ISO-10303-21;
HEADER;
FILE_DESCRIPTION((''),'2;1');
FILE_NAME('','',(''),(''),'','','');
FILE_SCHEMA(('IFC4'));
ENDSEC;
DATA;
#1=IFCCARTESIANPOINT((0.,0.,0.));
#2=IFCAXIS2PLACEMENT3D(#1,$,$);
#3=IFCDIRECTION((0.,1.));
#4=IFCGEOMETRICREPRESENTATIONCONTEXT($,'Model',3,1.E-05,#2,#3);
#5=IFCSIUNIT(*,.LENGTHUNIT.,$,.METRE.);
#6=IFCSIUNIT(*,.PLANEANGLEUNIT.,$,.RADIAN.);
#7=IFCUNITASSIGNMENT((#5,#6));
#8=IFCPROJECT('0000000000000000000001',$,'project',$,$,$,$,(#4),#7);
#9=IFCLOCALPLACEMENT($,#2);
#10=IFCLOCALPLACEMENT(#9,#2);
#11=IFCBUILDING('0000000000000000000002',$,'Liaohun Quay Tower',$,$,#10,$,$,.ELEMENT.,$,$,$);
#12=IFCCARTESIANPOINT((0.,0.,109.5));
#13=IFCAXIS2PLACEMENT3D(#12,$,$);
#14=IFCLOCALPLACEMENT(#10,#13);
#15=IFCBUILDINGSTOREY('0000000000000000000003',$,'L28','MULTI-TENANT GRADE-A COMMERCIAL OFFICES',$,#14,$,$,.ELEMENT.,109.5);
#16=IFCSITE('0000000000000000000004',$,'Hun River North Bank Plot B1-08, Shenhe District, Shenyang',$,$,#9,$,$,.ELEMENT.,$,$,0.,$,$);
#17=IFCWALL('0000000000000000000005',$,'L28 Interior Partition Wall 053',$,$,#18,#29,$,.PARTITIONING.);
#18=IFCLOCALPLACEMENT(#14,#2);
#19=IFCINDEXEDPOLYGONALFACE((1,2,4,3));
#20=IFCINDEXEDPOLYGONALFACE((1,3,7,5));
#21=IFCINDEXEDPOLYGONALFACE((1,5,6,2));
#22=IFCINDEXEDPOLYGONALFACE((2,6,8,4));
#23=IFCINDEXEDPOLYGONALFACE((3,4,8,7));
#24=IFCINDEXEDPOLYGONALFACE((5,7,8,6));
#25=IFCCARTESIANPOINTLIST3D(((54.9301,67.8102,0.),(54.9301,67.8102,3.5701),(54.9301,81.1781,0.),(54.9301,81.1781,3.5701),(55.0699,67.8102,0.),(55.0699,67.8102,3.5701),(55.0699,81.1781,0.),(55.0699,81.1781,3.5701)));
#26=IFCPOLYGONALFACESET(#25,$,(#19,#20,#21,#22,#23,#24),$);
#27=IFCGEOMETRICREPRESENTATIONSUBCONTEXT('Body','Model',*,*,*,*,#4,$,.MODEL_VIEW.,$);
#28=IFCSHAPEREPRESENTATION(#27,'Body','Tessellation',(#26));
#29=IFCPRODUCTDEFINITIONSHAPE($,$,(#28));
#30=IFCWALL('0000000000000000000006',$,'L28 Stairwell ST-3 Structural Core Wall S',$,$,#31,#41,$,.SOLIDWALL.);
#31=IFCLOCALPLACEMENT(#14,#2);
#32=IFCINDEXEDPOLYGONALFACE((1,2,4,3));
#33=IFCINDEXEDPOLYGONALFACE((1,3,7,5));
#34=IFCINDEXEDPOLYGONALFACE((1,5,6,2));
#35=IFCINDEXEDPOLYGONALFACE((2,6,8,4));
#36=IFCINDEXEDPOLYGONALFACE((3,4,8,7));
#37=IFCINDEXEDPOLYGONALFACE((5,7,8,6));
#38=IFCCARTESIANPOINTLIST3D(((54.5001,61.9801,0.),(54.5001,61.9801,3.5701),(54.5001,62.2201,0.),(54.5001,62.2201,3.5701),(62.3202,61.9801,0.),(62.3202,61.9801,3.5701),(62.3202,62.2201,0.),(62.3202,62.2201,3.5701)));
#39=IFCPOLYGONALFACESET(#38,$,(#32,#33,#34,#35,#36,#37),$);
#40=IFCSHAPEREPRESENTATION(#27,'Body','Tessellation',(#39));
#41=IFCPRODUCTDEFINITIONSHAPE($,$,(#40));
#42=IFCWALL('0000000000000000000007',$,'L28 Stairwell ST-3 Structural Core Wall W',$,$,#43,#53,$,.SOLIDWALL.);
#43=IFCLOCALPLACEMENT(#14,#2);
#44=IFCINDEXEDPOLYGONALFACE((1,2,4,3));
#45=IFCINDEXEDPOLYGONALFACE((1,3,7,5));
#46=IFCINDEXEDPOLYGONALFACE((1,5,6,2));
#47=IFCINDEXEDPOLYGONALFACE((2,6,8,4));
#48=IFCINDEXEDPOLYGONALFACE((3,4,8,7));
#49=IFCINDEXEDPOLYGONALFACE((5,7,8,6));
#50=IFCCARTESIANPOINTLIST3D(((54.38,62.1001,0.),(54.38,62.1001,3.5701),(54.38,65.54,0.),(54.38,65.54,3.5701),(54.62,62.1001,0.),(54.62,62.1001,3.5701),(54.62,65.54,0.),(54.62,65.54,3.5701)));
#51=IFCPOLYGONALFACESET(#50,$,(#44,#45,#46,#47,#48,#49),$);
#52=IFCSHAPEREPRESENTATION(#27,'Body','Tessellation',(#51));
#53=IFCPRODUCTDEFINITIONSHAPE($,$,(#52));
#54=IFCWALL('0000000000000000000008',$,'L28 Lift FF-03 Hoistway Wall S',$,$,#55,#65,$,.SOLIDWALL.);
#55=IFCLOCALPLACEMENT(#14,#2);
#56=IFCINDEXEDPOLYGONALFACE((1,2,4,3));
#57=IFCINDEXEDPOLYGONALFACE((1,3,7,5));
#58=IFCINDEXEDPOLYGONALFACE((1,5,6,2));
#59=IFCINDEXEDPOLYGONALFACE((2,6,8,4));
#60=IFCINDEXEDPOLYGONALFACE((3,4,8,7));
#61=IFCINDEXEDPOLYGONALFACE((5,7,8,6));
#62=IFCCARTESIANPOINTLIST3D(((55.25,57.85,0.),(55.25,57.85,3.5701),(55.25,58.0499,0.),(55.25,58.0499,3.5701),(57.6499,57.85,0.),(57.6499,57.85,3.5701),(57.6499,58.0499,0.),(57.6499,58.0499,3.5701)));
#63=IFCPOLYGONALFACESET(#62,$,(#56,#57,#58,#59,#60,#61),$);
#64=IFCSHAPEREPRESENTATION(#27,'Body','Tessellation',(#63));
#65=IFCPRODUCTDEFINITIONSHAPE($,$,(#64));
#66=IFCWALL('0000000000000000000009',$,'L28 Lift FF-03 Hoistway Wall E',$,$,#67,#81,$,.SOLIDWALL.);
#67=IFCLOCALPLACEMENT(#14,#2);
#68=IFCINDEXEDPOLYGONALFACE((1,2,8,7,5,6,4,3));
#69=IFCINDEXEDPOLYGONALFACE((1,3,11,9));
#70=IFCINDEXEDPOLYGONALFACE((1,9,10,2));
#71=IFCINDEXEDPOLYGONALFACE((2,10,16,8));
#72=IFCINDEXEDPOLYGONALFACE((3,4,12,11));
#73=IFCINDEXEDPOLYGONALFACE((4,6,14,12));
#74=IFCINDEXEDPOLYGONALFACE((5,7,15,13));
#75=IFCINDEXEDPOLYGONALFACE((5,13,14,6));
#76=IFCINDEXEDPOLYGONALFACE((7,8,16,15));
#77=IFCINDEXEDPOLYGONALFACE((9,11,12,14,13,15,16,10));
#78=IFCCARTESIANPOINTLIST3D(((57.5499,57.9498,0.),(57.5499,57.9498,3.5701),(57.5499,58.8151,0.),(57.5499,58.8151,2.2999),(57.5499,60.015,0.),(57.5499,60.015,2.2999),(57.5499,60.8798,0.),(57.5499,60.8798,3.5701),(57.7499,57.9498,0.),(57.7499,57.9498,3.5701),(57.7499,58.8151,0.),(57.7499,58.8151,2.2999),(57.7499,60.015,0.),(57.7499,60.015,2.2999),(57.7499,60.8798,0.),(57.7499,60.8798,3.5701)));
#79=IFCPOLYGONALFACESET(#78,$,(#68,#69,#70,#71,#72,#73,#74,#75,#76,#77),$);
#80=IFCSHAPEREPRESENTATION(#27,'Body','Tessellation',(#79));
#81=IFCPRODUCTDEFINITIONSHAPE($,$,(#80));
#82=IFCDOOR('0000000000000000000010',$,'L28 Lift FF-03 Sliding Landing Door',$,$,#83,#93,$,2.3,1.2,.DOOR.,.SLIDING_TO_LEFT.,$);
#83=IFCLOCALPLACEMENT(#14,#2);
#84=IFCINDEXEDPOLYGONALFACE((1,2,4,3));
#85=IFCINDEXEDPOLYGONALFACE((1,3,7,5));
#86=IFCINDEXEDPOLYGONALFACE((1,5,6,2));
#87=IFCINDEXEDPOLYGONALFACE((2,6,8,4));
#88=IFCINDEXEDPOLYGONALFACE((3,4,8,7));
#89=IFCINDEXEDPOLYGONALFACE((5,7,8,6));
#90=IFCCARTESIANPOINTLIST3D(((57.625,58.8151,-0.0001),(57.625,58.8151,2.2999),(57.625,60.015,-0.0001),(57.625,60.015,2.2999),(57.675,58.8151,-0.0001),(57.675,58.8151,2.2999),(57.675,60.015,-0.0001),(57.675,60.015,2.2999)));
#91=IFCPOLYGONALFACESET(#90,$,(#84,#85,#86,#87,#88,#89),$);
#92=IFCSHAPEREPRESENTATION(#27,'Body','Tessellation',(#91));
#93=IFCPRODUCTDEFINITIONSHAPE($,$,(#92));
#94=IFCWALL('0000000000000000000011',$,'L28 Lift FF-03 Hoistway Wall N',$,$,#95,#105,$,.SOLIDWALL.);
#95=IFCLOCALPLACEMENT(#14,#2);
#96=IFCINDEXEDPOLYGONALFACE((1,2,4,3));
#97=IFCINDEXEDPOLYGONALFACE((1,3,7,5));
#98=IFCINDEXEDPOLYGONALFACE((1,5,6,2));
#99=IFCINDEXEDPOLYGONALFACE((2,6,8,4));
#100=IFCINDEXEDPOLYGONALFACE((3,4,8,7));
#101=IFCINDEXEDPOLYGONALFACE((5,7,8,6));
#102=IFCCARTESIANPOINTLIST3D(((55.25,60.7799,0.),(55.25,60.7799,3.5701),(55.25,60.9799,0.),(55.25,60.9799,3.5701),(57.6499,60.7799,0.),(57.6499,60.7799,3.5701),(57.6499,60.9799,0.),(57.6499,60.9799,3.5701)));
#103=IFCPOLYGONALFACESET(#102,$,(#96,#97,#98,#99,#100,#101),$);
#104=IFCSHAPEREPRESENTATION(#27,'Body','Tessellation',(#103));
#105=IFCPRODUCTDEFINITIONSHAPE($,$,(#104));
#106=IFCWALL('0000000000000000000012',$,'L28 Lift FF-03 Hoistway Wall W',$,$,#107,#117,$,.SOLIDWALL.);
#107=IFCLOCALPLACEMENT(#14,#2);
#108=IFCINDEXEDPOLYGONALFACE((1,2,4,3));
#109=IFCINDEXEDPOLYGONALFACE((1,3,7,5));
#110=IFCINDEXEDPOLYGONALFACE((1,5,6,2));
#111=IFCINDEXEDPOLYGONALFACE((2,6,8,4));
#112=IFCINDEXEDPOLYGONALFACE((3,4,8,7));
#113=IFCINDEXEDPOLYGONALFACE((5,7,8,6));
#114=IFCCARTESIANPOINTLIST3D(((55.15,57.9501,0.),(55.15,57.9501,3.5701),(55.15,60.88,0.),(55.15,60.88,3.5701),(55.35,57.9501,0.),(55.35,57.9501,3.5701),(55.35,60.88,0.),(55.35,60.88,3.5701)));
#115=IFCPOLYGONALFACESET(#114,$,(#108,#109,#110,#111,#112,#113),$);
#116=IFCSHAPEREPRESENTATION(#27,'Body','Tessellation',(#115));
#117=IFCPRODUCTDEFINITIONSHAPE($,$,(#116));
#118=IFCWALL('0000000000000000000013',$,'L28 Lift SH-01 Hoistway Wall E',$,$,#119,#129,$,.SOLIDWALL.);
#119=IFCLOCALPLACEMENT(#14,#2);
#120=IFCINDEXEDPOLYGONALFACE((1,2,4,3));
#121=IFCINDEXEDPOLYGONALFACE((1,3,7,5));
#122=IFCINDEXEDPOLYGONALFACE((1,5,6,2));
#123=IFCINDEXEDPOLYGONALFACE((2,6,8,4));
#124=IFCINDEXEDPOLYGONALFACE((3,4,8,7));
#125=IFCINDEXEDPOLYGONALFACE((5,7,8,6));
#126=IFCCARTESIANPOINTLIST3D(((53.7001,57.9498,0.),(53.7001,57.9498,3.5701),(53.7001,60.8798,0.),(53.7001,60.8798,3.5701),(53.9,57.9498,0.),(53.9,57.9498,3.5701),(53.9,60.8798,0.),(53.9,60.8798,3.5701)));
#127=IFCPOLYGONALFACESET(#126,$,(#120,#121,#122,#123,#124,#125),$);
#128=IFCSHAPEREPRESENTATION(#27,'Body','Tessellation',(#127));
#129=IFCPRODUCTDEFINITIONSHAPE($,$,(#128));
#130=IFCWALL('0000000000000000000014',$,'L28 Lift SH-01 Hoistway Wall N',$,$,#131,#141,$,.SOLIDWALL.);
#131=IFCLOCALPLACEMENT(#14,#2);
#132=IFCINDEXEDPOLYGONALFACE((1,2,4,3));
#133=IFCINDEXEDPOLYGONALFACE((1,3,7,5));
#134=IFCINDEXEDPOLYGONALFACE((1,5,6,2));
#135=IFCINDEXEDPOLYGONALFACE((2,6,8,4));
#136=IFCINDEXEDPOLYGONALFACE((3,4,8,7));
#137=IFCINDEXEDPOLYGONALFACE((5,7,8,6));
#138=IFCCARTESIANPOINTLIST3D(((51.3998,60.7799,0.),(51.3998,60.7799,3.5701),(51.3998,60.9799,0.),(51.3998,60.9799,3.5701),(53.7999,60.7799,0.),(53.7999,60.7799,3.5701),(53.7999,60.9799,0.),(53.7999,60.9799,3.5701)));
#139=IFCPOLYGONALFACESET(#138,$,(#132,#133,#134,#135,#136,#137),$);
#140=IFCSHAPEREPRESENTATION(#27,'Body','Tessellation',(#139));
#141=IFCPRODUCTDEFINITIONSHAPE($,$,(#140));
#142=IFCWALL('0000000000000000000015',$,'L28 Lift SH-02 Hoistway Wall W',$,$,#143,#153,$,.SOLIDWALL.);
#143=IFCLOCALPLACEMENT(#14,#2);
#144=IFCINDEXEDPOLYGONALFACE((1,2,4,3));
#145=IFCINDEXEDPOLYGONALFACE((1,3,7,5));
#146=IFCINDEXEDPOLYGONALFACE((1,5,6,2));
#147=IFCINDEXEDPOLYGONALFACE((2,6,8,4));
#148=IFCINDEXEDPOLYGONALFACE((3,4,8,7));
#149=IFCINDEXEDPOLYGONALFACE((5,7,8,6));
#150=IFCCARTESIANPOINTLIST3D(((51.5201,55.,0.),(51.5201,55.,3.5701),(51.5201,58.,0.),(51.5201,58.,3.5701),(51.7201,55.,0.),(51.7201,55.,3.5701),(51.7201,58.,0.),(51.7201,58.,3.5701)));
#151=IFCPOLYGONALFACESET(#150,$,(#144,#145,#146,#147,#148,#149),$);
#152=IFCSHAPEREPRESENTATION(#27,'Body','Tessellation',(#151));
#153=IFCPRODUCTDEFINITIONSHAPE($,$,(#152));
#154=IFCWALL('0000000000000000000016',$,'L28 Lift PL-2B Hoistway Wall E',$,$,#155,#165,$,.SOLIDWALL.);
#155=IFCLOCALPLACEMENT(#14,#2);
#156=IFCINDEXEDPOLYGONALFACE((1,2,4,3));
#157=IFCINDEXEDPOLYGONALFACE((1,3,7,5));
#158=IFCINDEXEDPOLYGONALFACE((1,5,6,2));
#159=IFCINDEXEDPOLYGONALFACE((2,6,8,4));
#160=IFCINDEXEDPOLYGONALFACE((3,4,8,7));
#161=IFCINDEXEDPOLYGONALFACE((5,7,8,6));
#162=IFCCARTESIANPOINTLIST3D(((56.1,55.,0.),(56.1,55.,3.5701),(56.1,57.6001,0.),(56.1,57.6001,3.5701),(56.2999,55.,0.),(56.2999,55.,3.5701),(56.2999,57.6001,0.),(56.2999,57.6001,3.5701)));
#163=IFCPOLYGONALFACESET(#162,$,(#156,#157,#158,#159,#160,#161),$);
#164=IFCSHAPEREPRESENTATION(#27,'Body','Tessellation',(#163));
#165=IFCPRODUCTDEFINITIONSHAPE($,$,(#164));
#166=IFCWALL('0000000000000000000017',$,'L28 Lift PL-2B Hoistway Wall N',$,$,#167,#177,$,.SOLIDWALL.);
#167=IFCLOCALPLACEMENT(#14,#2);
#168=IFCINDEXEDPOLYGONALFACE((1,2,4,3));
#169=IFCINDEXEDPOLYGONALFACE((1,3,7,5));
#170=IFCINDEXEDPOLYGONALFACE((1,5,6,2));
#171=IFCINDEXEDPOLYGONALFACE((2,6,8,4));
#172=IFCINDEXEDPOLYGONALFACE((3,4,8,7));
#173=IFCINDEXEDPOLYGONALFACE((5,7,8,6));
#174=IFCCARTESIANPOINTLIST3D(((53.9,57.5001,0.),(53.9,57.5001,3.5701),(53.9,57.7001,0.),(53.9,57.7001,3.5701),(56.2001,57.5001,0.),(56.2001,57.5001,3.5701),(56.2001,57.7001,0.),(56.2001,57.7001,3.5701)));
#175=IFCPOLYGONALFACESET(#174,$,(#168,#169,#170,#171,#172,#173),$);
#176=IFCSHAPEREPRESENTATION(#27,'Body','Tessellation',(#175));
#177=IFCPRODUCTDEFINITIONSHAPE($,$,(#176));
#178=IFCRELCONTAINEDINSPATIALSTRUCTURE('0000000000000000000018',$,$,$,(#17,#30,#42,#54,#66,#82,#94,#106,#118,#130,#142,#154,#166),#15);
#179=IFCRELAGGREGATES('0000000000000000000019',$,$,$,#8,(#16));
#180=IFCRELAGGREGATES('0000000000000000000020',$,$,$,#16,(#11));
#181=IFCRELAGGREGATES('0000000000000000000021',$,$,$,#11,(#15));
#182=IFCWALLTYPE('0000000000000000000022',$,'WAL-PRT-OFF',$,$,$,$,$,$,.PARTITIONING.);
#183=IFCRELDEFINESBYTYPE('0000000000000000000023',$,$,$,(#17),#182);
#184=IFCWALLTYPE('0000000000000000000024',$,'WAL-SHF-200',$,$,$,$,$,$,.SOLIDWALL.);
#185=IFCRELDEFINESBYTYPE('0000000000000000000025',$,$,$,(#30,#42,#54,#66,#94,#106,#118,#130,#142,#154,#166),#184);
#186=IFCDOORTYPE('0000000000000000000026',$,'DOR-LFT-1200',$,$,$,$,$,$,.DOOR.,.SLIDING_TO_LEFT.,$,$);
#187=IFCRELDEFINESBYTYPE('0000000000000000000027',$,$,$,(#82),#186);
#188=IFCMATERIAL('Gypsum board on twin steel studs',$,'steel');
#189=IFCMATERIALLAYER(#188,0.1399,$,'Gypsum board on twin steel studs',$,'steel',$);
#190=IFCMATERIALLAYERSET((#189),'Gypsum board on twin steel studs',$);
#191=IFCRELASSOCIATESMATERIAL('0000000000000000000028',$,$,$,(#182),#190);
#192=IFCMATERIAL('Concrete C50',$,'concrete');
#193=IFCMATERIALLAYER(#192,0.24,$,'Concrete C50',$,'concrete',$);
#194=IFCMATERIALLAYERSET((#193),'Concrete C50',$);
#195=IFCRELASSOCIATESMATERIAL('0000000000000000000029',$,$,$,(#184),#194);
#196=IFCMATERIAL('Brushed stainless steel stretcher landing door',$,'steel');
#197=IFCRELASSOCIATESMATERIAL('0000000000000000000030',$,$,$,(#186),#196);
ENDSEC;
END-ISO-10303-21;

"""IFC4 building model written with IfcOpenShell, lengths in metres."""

from ifc_helpers import new_model, si_unit, direction, frame, frame_2d, origin, place, context, subcontext, project, spatial, rectangle, extrude, source, transform, mapped, material, layer, layer_set, type_object, element, fill, save


model = new_model("IFC4")

# Units and contexts
model_context = context("Model", 3, precision=1e-05, world=origin(), true_north=direction((0.0, 1.0)))
body_context = subcontext(model_context, "Body", "Model", "MODEL_VIEW")
ifc_project = project(units=[si_unit("LENGTHUNIT", "METRE"), si_unit("PLANEANGLEUNIT", "RADIAN")], contexts=[model_context])

# Site, building, storey
site_placement = place(None, origin())
site = spatial("IfcSite", under=ifc_project, at=site_placement, Name="Hun River North Bank Plot B1-08, Shenhe District, Shenyang", CompositionType="ELEMENT", RefElevation=0.0)
building_placement = place(site_placement, origin())
building = spatial("IfcBuilding", under=site, at=building_placement, Name="Liaohun Quay Tower", CompositionType="ELEMENT")
storey_placement = place(building_placement, frame((0.0, 0.0, 109.5)))
storey = spatial("IfcBuildingStorey", under=building, at=storey_placement, Name="L28", Description="MULTI-TENANT GRADE-A COMMERCIAL OFFICES", CompositionType="ELEMENT", Elevation=109.5)

# Walls
ifc_material_1 = material(Name="Gypsum board on twin steel studs", Category="steel")
ifc_layer_1 = layer(ifc_material_1, 0.1399, Name="Gypsum board on twin steel studs", Category="steel")
ifc_layer_set_1 = layer_set([ifc_layer_1], Name="Gypsum board on twin steel studs")
wall_type_1 = type_object("IfcWallType", Name="WAL-PRT-OFF", PredefinedType="PARTITIONING", material=ifc_layer_set_1)
wall_1_placement = place(storey_placement, frame((55.0, 67.8101, 0.0), z_axis=(0.0, 0.0, 1.0), x_axis=(0.0, 1.0, 0.0)))
element("IfcWall", 1, at=wall_1_placement, inside=storey, type_object=wall_type_1, Name="L28 Interior Partition Wall 053", PredefinedType="PARTITIONING", context=body_context, shape_type="SweptSolid", body=[
    extrude(rectangle(XDim=13.3679, YDim=0.1399, at=frame_2d((6.6841, 0.0))), origin(), (0.0, 0.0, 1.0), 3.5701),
])
ifc_material_2 = material(Name="Concrete C50", Category="concrete")
ifc_layer_2 = layer(ifc_material_2, 0.24, Name="Concrete C50", Category="concrete")
ifc_layer_set_2 = layer_set([ifc_layer_2], Name="Concrete C50")
wall_type_2 = type_object("IfcWallType", Name="WAL-SHF-200", PredefinedType="SOLIDWALL", material=ifc_layer_set_2)
wall_2_placement = place(storey_placement, frame((54.5, 62.1001, 0.0), z_axis=(0.0, 0.0, 1.0), x_axis=(1.0, 0.0, 0.0)))
element("IfcWall", 2, at=wall_2_placement, inside=storey, type_object=wall_type_2, Name="L28 Stairwell ST-3 Structural Core Wall S", PredefinedType="SOLIDWALL", context=body_context, shape_type="SweptSolid", body=[
    extrude(rectangle(XDim=7.8201, YDim=0.24, at=frame_2d((3.9102, 0.0))), origin(), (0.0, 0.0, 1.0), 3.5701),
])
wall_3_placement = place(storey_placement, frame((54.5, 65.54, 0.0), z_axis=(0.0, 0.0, 1.0), x_axis=(0.0, -1.0, 0.0)))
element("IfcWall", 3, at=wall_3_placement, inside=storey, type_object=wall_type_2, Name="L28 Stairwell ST-3 Structural Core Wall W", PredefinedType="SOLIDWALL", context=body_context, shape_type="SweptSolid", body=[
    extrude(rectangle(XDim=3.4399, YDim=0.24, at=frame_2d((1.72, 0.0))), origin(), (0.0, 0.0, 1.0), 3.5701),
])
wall_4_placement = place(storey_placement, frame((55.25, 57.95, 0.0), z_axis=(0.0, 0.0, 1.0), x_axis=(1.0, 0.0, 0.0)))
element("IfcWall", 4, at=wall_4_placement, inside=storey, type_object=wall_type_2, Name="L28 Lift FF-03 Hoistway Wall S", PredefinedType="SOLIDWALL", context=body_context, shape_type="SweptSolid", body=[
    extrude(rectangle(XDim=2.3999, YDim=0.2, at=frame_2d((1.2, 0.0))), origin(), (0.0, 0.0, 1.0), 3.5701),
])

# Wall, opening, door
wall_5_placement = place(storey_placement, frame((57.6499, 57.95, 0.0), z_axis=(0.0, 0.0, 1.0), x_axis=(0.0, 1.0, 0.0)))
wall_5 = element("IfcWall", 5, at=wall_5_placement, inside=storey, type_object=wall_type_2, Name="L28 Lift FF-03 Hoistway Wall E", PredefinedType="SOLIDWALL", context=body_context, shape_type="SweptSolid", body=[
    extrude(rectangle(XDim=2.9299, YDim=0.2, at=frame_2d((1.4648, 0.0))), origin(), (0.0, 0.0, 1.0), 3.5701),
])
shared_shape_1 = source(origin(), body_context, "Body", "SweptSolid", [
    extrude(rectangle(XDim=1.2, YDim=2.3, at=frame_2d((0.6001, 1.1499))), frame((0.0, 0.1099, 0.0), z_axis=(0.0, -1.0, 0.0), x_axis=(1.0, 0.0, 0.0)), (0.0, 0.0, 1.0), 0.22),
])
opening_1_placement = place(wall_5_placement, frame((0.865, 0.0, 0.0)))
opening_1 = element("IfcOpeningElement", 6, at=opening_1_placement, cuts=wall_5, PredefinedType="OPENING", context=body_context, shape_type="MappedRepresentation", body=[
    mapped(shared_shape_1, transform((0.0, 0.0, 0.0), x_axis=(1.0, 0.0, 0.0), y_axis=(0.0, 1.0, 0.0), z_axis=(0.0, 0.0, 1.0), scale=1.0)),
])
ifc_material_3 = material(Name="Brushed stainless steel stretcher landing door", Category="steel")
door_type_1 = type_object("IfcDoorType", Name="DOR-LFT-1200", OperationType="SLIDING_TO_LEFT", PredefinedType="DOOR", material=ifc_material_3)
shared_shape_2 = source(origin(), body_context, "Body", "SweptSolid", [
    extrude(rectangle(XDim=1.2, YDim=2.3, at=frame_2d((0.6001, 1.1499))), frame((0.0, 0.0249, 0.0), z_axis=(0.0, -1.0, 0.0), x_axis=(1.0, 0.0, 0.0)), (0.0, 0.0, 1.0), 0.05),
])
door_1_placement = place(opening_1_placement, origin())
door_1 = element("IfcDoor", 7, at=door_1_placement, inside=storey, type_object=door_type_1, Name="L28 Lift FF-03 Sliding Landing Door", OperationType="SLIDING_TO_LEFT", OverallHeight=2.3, OverallWidth=1.2, PredefinedType="DOOR", context=body_context, shape_type="MappedRepresentation", body=[
    mapped(shared_shape_2, transform((0.0, 0.0, 0.0), x_axis=(1.0, 0.0, 0.0), y_axis=(0.0, 1.0, 0.0), z_axis=(0.0, 0.0, 1.0), scale=1.0)),
])
fill(opening_1, door_1)

# Walls
wall_6_placement = place(storey_placement, frame((57.6499, 60.8799, 0.0), z_axis=(0.0, 0.0, 1.0), x_axis=(-1.0, 0.0, 0.0)))
element("IfcWall", 8, at=wall_6_placement, inside=storey, type_object=wall_type_2, Name="L28 Lift FF-03 Hoistway Wall N", PredefinedType="SOLIDWALL", context=body_context, shape_type="SweptSolid", body=[
    extrude(rectangle(XDim=2.3999, YDim=0.2, at=frame_2d((1.2, 0.0))), origin(), (0.0, 0.0, 1.0), 3.5701),
])
for number, where, z_axis, x_axis, name in (
    (9, (55.25, 60.8799, 0.0), (0.0, 0.0, 1.0), (0.0, -1.0, 0.0), "L28 Lift FF-03 Hoistway Wall W"),
    (10, (53.8, 57.95, 0.0), (0.0, 0.0, 1.0), (0.0, 1.0, 0.0), "L28 Lift SH-01 Hoistway Wall E"),
):
    element("IfcWall", number, at=place(storey_placement, frame(where, z_axis=z_axis, x_axis=x_axis)), inside=storey, type_object=wall_type_2, Name=name, PredefinedType="SOLIDWALL", context=body_context, shape_type="SweptSolid", body=[
        extrude(rectangle(XDim=2.9299, YDim=0.2, at=frame_2d((1.4648, 0.0))), origin(), (0.0, 0.0, 1.0), 3.5701),
    ])
wall_7_placement = place(storey_placement, frame((53.8, 60.8799, 0.0), z_axis=(0.0, 0.0, 1.0), x_axis=(-1.0, 0.0, 0.0)))
element("IfcWall", 11, at=wall_7_placement, inside=storey, type_object=wall_type_2, Name="L28 Lift SH-01 Hoistway Wall N", PredefinedType="SOLIDWALL", context=body_context, shape_type="SweptSolid", body=[
    extrude(rectangle(XDim=2.4001, YDim=0.2, at=frame_2d((1.2002, 0.0))), origin(), (0.0, 0.0, 1.0), 3.5701),
])
wall_8_placement = place(storey_placement, frame((51.6201, 58.0, 0.0), z_axis=(0.0, 0.0, 1.0), x_axis=(0.0, -1.0, 0.0)))
element("IfcWall", 12, at=wall_8_placement, inside=storey, type_object=wall_type_2, Name="L28 Lift SH-02 Hoistway Wall W", PredefinedType="SOLIDWALL", context=body_context, shape_type="SweptSolid", body=[
    extrude(rectangle(XDim=3.0, YDim=0.2, at=frame_2d((1.5, 0.0))), origin(), (0.0, 0.0, 1.0), 3.5701),
])
wall_9_placement = place(storey_placement, frame((56.2, 55.0, 0.0), z_axis=(0.0, 0.0, 1.0), x_axis=(0.0, 1.0, 0.0)))
element("IfcWall", 13, at=wall_9_placement, inside=storey, type_object=wall_type_2, Name="L28 Lift PL-2B Hoistway Wall E", PredefinedType="SOLIDWALL", context=body_context, shape_type="SweptSolid", body=[
    extrude(rectangle(XDim=2.6001, YDim=0.2, at=frame_2d((1.3, 0.0))), origin(), (0.0, 0.0, 1.0), 3.5701),
])
wall_10_placement = place(storey_placement, frame((56.2, 57.6001, 0.0), z_axis=(0.0, 0.0, 1.0), x_axis=(-1.0, 0.0, 0.0)))
element("IfcWall", 14, at=wall_10_placement, inside=storey, type_object=wall_type_2, Name="L28 Lift PL-2B Hoistway Wall N", PredefinedType="SOLIDWALL", context=body_context, shape_type="SweptSolid", body=[
    extrude(rectangle(XDim=2.3, YDim=0.2, at=frame_2d((1.1499, 0.0))), origin(), (0.0, 0.0, 1.0), 3.5701),
])

save(model, "model.ifc")
